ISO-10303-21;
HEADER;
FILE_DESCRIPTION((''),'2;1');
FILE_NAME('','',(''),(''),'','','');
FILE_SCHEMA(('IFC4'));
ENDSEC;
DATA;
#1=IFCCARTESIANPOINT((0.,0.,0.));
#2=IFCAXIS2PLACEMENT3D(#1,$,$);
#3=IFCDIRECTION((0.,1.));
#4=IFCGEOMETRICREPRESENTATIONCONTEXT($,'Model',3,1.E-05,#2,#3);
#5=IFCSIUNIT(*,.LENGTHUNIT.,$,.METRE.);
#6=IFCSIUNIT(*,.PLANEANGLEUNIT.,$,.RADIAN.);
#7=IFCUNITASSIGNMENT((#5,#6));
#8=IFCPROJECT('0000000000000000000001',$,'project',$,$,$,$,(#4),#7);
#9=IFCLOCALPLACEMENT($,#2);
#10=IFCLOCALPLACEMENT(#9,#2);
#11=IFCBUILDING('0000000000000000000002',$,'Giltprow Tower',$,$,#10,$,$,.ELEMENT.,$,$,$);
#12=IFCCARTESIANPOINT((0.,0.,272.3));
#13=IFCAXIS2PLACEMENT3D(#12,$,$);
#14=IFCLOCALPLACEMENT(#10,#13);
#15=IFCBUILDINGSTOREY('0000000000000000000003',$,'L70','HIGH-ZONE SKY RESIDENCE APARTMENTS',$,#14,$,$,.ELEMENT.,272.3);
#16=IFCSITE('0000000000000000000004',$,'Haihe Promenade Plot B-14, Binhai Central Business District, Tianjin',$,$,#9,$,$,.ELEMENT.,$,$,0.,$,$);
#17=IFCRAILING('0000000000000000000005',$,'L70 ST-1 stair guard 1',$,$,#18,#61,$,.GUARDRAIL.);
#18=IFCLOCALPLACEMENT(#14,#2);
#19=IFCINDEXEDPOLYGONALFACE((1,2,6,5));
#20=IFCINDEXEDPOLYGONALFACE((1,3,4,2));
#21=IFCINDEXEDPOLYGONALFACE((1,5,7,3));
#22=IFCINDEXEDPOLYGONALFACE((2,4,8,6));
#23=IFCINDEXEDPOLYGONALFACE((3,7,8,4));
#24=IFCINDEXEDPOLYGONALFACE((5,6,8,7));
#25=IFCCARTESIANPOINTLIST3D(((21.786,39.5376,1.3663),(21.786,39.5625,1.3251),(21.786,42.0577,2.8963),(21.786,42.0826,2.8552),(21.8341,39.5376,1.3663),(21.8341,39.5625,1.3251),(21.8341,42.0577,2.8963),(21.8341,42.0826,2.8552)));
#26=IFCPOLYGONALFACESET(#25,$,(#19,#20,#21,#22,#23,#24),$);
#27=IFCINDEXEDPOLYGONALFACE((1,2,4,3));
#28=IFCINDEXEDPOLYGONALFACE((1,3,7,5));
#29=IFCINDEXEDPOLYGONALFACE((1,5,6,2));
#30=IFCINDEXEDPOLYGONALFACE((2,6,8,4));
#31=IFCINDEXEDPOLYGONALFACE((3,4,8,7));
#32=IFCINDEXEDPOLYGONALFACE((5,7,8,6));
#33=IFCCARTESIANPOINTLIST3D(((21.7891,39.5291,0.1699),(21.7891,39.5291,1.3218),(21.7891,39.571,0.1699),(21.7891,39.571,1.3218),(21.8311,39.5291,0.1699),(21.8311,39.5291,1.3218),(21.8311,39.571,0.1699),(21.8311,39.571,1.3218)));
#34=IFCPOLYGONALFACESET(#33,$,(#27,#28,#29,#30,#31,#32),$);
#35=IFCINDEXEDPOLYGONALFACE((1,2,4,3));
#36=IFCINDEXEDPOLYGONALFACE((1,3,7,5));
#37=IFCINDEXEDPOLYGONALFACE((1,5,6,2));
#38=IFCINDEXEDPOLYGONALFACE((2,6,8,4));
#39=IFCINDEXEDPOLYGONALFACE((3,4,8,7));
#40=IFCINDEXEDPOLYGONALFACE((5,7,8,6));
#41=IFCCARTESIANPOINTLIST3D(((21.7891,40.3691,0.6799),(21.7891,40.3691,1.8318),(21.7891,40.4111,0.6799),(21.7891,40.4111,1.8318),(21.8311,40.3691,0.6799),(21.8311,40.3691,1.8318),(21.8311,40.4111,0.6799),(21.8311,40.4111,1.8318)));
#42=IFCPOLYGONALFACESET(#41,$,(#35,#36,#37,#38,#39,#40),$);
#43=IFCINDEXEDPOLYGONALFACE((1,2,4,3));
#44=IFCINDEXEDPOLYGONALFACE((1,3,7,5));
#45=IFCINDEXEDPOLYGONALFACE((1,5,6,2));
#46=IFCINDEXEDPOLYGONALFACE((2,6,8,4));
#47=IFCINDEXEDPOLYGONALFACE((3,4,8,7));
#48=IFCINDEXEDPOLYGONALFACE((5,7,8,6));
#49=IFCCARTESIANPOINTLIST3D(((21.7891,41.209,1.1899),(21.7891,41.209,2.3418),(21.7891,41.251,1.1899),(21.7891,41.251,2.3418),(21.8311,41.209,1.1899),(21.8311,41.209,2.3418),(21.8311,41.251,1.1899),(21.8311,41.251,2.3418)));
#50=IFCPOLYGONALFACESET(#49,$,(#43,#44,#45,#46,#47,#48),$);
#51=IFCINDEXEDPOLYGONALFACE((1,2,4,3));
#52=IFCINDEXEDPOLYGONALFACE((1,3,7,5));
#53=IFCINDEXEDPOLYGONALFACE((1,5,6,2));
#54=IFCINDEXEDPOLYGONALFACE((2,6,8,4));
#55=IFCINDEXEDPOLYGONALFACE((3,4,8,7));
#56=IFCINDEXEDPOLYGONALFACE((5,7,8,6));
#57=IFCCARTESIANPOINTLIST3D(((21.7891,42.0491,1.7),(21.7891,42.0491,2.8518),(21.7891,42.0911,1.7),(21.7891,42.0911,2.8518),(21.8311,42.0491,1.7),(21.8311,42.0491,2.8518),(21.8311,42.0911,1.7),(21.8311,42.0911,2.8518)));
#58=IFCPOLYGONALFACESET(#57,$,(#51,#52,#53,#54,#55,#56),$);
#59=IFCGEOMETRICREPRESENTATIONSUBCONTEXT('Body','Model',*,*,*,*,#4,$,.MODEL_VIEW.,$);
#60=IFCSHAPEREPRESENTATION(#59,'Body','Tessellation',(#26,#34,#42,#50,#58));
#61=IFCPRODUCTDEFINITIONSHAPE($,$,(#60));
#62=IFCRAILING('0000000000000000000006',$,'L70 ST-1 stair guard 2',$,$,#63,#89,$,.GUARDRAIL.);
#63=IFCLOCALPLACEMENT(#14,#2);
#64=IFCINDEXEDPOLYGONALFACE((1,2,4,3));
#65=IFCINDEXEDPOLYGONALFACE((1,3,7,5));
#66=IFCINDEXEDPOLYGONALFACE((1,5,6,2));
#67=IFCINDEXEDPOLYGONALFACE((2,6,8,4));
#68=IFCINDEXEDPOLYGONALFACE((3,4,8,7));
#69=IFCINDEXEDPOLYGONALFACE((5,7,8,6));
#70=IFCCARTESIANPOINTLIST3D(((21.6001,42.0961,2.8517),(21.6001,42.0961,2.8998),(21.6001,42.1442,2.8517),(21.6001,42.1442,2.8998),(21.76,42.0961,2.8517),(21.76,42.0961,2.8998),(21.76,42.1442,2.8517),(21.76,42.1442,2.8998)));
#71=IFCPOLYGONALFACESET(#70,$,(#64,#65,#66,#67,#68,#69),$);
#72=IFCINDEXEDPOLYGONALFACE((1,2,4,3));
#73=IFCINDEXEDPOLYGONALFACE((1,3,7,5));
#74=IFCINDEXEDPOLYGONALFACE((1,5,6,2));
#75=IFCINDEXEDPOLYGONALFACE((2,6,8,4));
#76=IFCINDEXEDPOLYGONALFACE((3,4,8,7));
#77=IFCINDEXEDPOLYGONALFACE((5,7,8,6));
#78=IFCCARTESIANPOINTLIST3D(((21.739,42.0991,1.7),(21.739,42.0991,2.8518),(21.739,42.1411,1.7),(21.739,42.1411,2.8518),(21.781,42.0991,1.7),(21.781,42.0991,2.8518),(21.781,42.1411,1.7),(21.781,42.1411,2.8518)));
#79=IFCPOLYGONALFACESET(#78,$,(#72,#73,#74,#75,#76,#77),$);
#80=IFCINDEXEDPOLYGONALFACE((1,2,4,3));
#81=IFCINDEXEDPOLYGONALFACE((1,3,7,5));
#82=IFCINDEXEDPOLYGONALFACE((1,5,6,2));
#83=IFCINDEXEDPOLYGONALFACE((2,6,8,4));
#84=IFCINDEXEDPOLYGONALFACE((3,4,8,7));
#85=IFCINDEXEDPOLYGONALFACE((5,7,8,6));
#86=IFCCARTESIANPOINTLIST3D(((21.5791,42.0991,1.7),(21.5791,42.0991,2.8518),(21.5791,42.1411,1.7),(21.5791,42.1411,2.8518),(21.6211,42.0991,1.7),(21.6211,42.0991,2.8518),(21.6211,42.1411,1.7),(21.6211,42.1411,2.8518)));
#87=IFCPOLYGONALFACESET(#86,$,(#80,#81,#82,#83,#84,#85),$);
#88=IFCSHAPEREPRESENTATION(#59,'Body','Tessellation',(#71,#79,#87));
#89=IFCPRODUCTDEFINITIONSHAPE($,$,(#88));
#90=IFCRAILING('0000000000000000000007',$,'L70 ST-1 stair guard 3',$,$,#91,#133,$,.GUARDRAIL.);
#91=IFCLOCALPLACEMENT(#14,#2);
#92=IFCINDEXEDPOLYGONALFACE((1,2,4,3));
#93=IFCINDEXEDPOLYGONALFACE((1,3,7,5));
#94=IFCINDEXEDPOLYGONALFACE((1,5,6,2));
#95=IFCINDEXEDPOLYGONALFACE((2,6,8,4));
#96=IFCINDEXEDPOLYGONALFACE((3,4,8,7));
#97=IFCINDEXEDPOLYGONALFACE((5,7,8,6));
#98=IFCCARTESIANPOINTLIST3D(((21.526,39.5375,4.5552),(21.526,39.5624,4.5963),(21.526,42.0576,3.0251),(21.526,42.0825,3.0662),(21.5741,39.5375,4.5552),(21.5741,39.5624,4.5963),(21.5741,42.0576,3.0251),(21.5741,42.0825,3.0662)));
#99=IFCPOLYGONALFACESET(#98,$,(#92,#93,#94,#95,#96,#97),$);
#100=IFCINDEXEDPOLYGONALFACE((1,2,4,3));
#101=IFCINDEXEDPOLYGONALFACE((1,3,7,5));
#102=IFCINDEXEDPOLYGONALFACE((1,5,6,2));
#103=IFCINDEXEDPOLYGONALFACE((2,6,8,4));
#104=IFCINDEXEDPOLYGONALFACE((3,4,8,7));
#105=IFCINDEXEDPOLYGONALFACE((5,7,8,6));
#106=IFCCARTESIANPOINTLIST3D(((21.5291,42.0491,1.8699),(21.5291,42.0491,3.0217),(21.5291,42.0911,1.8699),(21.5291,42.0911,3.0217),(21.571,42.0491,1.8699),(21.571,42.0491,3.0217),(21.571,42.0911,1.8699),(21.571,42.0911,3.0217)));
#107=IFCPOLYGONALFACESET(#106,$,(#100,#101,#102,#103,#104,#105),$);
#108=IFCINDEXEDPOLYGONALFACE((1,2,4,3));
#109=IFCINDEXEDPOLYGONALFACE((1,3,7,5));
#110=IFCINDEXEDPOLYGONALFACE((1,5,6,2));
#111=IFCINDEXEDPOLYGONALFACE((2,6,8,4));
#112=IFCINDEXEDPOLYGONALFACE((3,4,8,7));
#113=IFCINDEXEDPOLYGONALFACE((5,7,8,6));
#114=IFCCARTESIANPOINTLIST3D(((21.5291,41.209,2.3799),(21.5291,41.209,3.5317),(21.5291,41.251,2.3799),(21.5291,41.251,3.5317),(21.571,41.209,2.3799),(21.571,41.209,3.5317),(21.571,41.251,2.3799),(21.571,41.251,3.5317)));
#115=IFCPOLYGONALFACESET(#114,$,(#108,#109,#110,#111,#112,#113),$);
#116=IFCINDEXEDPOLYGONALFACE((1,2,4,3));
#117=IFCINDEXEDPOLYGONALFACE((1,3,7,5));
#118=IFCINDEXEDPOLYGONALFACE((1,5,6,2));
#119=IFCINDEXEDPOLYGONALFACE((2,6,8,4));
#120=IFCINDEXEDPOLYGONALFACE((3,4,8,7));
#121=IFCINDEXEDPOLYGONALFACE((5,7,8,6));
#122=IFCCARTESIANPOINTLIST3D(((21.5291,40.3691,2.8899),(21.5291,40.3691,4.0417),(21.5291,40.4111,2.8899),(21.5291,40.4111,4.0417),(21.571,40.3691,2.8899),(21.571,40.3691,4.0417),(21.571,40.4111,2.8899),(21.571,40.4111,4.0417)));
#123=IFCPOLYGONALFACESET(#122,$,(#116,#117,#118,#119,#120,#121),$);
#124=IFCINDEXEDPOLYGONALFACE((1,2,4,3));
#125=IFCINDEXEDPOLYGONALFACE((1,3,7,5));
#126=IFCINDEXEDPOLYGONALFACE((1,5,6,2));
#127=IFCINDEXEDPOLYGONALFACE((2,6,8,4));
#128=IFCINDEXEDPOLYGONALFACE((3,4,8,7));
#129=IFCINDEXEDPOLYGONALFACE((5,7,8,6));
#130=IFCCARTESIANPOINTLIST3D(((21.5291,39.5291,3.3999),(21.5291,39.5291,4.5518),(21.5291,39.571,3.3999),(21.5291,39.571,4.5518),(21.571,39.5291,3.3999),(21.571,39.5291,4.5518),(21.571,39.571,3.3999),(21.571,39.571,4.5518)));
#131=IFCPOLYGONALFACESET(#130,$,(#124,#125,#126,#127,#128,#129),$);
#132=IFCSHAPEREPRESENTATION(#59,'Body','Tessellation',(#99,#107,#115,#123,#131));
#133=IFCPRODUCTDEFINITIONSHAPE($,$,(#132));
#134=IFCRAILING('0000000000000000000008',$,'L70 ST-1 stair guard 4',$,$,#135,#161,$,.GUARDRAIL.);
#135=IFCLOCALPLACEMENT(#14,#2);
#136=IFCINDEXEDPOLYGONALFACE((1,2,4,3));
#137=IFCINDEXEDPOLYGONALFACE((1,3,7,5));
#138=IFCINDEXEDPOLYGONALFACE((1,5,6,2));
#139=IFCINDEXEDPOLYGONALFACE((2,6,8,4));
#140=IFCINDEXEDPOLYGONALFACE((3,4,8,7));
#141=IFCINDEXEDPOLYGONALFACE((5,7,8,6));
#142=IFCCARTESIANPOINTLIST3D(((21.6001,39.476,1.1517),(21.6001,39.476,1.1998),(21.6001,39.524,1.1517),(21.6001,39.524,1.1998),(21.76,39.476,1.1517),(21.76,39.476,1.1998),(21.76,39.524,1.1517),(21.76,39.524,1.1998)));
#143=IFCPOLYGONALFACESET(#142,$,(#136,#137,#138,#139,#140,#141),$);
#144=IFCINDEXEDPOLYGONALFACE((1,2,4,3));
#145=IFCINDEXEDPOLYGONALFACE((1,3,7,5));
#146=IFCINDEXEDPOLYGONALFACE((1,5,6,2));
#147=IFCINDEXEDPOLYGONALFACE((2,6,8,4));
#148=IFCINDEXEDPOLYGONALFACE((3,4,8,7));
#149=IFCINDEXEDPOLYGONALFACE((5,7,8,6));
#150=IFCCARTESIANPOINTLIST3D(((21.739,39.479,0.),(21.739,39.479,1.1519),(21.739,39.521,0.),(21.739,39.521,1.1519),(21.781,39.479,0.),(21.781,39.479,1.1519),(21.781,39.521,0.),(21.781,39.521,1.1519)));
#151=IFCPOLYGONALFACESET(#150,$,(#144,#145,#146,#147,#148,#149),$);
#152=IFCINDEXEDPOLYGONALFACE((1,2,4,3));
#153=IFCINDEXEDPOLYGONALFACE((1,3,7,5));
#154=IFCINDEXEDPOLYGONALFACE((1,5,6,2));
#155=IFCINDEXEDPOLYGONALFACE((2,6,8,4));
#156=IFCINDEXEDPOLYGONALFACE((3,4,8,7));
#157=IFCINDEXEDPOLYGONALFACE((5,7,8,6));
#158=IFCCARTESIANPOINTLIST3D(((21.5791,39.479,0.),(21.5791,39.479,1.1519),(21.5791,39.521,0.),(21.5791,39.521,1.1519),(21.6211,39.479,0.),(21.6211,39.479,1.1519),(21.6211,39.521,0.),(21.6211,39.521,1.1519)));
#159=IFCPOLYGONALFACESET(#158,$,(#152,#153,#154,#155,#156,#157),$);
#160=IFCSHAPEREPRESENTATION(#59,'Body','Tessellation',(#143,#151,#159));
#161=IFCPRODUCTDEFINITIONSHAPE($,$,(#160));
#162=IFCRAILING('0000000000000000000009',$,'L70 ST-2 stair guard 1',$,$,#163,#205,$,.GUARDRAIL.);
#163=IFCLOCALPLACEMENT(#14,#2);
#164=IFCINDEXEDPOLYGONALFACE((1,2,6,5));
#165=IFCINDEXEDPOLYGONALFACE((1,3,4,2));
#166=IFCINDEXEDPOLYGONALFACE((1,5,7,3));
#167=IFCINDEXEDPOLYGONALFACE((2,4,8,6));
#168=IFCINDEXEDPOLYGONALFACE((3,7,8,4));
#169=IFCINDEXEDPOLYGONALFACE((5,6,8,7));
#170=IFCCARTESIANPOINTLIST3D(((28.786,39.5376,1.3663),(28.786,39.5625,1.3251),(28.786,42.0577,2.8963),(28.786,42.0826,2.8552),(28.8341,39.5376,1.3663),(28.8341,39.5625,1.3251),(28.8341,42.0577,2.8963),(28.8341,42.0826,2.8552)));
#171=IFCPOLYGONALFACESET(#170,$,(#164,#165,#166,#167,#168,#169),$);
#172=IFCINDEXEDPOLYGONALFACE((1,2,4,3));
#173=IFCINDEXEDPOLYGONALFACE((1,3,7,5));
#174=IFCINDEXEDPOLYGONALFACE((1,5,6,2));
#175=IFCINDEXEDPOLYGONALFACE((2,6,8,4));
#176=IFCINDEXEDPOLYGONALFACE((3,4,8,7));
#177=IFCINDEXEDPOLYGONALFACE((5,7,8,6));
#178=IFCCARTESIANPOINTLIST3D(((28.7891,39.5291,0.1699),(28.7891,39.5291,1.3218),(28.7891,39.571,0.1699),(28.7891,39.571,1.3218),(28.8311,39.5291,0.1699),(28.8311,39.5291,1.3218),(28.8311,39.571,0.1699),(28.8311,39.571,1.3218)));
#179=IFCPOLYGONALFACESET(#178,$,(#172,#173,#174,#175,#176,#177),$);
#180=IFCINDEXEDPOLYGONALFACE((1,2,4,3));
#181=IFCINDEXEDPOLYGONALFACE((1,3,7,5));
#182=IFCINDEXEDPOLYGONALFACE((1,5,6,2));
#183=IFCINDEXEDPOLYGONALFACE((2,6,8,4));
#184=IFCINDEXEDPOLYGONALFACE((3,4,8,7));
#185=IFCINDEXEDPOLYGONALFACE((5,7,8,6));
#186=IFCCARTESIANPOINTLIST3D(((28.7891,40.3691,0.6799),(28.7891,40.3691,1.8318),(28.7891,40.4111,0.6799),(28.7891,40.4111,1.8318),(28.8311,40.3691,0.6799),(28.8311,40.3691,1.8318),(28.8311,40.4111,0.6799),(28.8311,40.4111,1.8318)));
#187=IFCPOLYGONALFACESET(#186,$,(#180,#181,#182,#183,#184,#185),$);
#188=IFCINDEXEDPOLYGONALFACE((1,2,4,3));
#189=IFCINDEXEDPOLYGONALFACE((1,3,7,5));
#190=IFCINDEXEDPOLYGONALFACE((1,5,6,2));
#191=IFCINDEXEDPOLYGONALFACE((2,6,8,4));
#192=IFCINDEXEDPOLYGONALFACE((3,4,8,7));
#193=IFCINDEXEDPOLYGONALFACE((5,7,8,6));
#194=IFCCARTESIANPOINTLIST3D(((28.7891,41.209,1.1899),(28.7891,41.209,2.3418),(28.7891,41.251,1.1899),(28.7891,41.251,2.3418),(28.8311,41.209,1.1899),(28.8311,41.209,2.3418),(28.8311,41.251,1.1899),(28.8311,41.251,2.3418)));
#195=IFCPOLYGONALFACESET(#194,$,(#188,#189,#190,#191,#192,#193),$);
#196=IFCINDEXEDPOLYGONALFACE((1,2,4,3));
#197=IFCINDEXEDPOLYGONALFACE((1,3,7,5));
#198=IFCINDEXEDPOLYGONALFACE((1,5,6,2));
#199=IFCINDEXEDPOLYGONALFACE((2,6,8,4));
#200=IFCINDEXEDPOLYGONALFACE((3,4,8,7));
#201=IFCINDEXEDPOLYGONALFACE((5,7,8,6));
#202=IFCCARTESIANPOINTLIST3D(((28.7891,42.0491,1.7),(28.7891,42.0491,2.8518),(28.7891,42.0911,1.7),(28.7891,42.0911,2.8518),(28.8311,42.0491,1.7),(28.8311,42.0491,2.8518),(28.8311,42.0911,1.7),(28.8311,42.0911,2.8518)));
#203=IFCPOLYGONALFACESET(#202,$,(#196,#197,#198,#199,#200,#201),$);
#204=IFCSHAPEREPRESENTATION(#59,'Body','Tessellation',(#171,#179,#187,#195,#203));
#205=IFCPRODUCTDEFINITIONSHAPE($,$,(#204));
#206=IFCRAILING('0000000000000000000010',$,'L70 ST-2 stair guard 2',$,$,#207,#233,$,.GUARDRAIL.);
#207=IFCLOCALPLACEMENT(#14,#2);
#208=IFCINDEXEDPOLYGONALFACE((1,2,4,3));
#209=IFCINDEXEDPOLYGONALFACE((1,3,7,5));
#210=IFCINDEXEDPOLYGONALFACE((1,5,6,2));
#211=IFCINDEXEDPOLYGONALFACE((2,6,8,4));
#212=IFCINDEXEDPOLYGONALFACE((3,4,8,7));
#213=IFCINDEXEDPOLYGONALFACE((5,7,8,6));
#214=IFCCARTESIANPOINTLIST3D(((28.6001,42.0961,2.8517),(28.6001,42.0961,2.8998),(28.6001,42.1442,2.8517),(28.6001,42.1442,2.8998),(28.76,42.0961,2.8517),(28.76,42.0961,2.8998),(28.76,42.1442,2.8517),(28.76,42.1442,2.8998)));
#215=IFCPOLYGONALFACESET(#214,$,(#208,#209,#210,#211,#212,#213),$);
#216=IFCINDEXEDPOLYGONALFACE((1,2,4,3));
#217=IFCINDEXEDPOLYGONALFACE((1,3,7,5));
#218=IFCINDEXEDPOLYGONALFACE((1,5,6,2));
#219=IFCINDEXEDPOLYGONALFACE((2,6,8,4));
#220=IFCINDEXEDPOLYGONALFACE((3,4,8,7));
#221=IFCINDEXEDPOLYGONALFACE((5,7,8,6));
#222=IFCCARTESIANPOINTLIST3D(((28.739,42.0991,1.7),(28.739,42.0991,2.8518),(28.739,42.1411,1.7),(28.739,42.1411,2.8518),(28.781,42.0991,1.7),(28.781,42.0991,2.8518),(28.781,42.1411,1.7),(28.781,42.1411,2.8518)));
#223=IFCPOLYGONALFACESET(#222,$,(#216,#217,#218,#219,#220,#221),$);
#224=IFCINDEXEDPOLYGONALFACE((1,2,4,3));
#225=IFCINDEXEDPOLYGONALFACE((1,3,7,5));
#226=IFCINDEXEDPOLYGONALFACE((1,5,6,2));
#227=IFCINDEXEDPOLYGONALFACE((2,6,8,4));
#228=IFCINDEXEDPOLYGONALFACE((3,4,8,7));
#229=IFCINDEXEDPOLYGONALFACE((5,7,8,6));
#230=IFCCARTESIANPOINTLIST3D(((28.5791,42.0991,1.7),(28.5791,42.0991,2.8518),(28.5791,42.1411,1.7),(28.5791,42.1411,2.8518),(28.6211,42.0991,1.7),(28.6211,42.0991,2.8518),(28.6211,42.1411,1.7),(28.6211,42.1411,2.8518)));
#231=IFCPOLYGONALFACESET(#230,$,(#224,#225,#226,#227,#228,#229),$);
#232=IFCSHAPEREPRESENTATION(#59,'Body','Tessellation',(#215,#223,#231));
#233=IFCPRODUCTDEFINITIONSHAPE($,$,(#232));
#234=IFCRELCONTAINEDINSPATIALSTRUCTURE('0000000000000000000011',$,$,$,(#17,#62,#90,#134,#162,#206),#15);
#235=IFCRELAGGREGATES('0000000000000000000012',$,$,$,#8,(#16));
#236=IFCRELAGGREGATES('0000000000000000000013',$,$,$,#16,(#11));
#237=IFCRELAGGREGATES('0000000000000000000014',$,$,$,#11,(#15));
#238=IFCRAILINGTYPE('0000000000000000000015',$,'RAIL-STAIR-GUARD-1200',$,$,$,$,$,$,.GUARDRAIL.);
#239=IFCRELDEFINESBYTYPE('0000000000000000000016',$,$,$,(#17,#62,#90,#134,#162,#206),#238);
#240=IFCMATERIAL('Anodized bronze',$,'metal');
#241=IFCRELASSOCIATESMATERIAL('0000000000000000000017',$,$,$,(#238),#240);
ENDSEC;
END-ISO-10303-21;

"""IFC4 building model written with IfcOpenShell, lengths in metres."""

from ifc_helpers import new_model, si_unit, direction, frame, origin, origin_2d, place, context, subcontext, project, spatial, rectangle, extrude, material, type_object, element, save


model = new_model("IFC4")

# Units and contexts
model_context = context("Model", 3, precision=1e-05, world=origin(), true_north=direction((0.0, 1.0)))
body_context = subcontext(model_context, "Body", "Model", "MODEL_VIEW")
ifc_project = project(units=[si_unit("LENGTHUNIT", "METRE"), si_unit("PLANEANGLEUNIT", "RADIAN")], contexts=[model_context])

# Site, building, storey
site_placement = place(None, origin())
site = spatial("IfcSite", under=ifc_project, at=site_placement, Name="Haihe Promenade Plot B-14, Binhai Central Business District, Tianjin", CompositionType="ELEMENT", RefElevation=0.0)
building_placement = place(site_placement, origin())
building = spatial("IfcBuilding", under=site, at=building_placement, Name="Giltprow Tower", CompositionType="ELEMENT")
storey_placement = place(building_placement, frame((0.0, 0.0, 272.3)))
storey = spatial("IfcBuildingStorey", under=building, at=storey_placement, Name="L70", Description="HIGH-ZONE SKY RESIDENCE APARTMENTS", CompositionType="ELEMENT", Elevation=272.3)

# Railings
ifc_material_1 = material(Name="Anodized bronze", Category="metal")
railing_type_1 = type_object("IfcRailingType", Name="RAIL-STAIR-GUARD-1200", PredefinedType="GUARDRAIL", material=ifc_material_1)
railing_1_placement = place(storey_placement, frame((21.8101, 39.55, 0.1699)))
element("IfcRailing", 1, at=railing_1_placement, inside=storey, type_object=railing_type_1, Name="L70 ST-1 stair guard 1", PredefinedType="GUARDRAIL", context=body_context, shape_type="SweptSolid", body=[
    extrude(rectangle(XDim=0.0481, YDim=0.0481, at=origin_2d()), frame((0.0, 0.0, 1.1758), z_axis=(0.0, 0.854785, 0.518982), x_axis=(-1.0, 0.0, 0.0)), (0.0, 0.0, 1.0), 2.9482),
    extrude(rectangle(XDim=0.042, YDim=0.042, at=origin_2d()), origin(), (0.0, 0.0, 1.0), 1.1519),
    extrude(rectangle(XDim=0.042, YDim=0.042, at=origin_2d()), frame((0.0, 0.8401, 0.51)), (0.0, 0.0, 1.0), 1.1519),
    extrude(rectangle(XDim=0.042, YDim=0.042, at=origin_2d()), frame((0.0, 1.6799, 1.02)), (0.0, 0.0, 1.0), 1.1519),
    extrude(rectangle(XDim=0.042, YDim=0.042, at=origin_2d()), frame((0.0, 2.52, 1.53)), (0.0, 0.0, 1.0), 1.1519),
])
railing_2_placement = place(storey_placement, frame((21.76, 42.1201, 1.7)))
element("IfcRailing", 2, at=railing_2_placement, inside=storey, type_object=railing_type_1, Name="L70 ST-1 stair guard 2", PredefinedType="GUARDRAIL", context=body_context, shape_type="SweptSolid", body=[
    extrude(rectangle(XDim=0.0481, YDim=0.0481, at=origin_2d()), frame((0.0, 0.0, 1.1758), z_axis=(-1.0, 0.0, 0.0), x_axis=(0.0, -1.0, 0.0)), (0.0, 0.0, 1.0), 0.1599),
    extrude(rectangle(XDim=0.042, YDim=0.042, at=origin_2d()), origin(), (0.0, 0.0, 1.0), 1.1519),
    extrude(rectangle(XDim=0.042, YDim=0.042, at=origin_2d()), frame((-0.1599, 0.0, 0.0)), (0.0, 0.0, 1.0), 1.1519),
])
railing_3_placement = place(storey_placement, frame((21.55, 42.0701, 1.8699)))
element("IfcRailing", 3, at=railing_3_placement, inside=storey, type_object=railing_type_1, Name="L70 ST-1 stair guard 3", PredefinedType="GUARDRAIL", context=body_context, shape_type="SweptSolid", body=[
    extrude(rectangle(XDim=0.0481, YDim=0.0481, at=origin_2d()), frame((0.0, 0.0, 1.1758), z_axis=(0.0, -0.854785, 0.518982), x_axis=(1.0, 0.0, 0.0)), (0.0, 0.0, 1.0), 2.9482),
    extrude(rectangle(XDim=0.042, YDim=0.042, at=origin_2d()), origin(), (0.0, 0.0, 1.0), 1.1519),
    extrude(rectangle(XDim=0.042, YDim=0.042, at=origin_2d()), frame((0.0, -0.8401, 0.51)), (0.0, 0.0, 1.0), 1.1519),
    extrude(rectangle(XDim=0.042, YDim=0.042, at=origin_2d()), frame((0.0, -1.6799, 1.02)), (0.0, 0.0, 1.0), 1.1519),
    extrude(rectangle(XDim=0.042, YDim=0.042, at=origin_2d()), frame((0.0, -2.52, 1.53)), (0.0, 0.0, 1.0), 1.1519),
])
railing_4_placement = place(storey_placement, frame((21.76, 39.5, 0.0)))
element("IfcRailing", 4, at=railing_4_placement, inside=storey, type_object=railing_type_1, Name="L70 ST-1 stair guard 4", PredefinedType="GUARDRAIL", context=body_context, shape_type="SweptSolid", body=[
    extrude(rectangle(XDim=0.0481, YDim=0.0481, at=origin_2d()), frame((0.0, 0.0, 1.1758), z_axis=(-1.0, 0.0, 0.0), x_axis=(0.0, -1.0, 0.0)), (0.0, 0.0, 1.0), 0.1599),
    extrude(rectangle(XDim=0.042, YDim=0.042, at=origin_2d()), origin(), (0.0, 0.0, 1.0), 1.1519),
    extrude(rectangle(XDim=0.042, YDim=0.042, at=origin_2d()), frame((-0.1599, 0.0, 0.0)), (0.0, 0.0, 1.0), 1.1519),
])
railing_5_placement = place(storey_placement, frame((28.8101, 39.55, 0.1699)))
element("IfcRailing", 5, at=railing_5_placement, inside=storey, type_object=railing_type_1, Name="L70 ST-2 stair guard 1", PredefinedType="GUARDRAIL", context=body_context, shape_type="SweptSolid", body=[
    extrude(rectangle(XDim=0.0481, YDim=0.0481, at=origin_2d()), frame((0.0, 0.0, 1.1758), z_axis=(0.0, 0.854785, 0.518982), x_axis=(-1.0, 0.0, 0.0)), (0.0, 0.0, 1.0), 2.9482),
    extrude(rectangle(XDim=0.042, YDim=0.042, at=origin_2d()), origin(), (0.0, 0.0, 1.0), 1.1519),
    extrude(rectangle(XDim=0.042, YDim=0.042, at=origin_2d()), frame((0.0, 0.8401, 0.51)), (0.0, 0.0, 1.0), 1.1519),
    extrude(rectangle(XDim=0.042, YDim=0.042, at=origin_2d()), frame((0.0, 1.6799, 1.02)), (0.0, 0.0, 1.0), 1.1519),
    extrude(rectangle(XDim=0.042, YDim=0.042, at=origin_2d()), frame((0.0, 2.52, 1.53)), (0.0, 0.0, 1.0), 1.1519),
])
railing_6_placement = place(storey_placement, frame((28.76, 42.1201, 1.7)))
element("IfcRailing", 6, at=railing_6_placement, inside=storey, type_object=railing_type_1, Name="L70 ST-2 stair guard 2", PredefinedType="GUARDRAIL", context=body_context, shape_type="SweptSolid", body=[
    extrude(rectangle(XDim=0.0481, YDim=0.0481, at=origin_2d()), frame((0.0, 0.0, 1.1758), z_axis=(-1.0, 0.0, 0.0), x_axis=(0.0, -1.0, 0.0)), (0.0, 0.0, 1.0), 0.1599),
    extrude(rectangle(XDim=0.042, YDim=0.042, at=origin_2d()), origin(), (0.0, 0.0, 1.0), 1.1519),
    extrude(rectangle(XDim=0.042, YDim=0.042, at=origin_2d()), frame((-0.1599, 0.0, 0.0)), (0.0, 0.0, 1.0), 1.1519),
])

save(model, "model.ifc")
